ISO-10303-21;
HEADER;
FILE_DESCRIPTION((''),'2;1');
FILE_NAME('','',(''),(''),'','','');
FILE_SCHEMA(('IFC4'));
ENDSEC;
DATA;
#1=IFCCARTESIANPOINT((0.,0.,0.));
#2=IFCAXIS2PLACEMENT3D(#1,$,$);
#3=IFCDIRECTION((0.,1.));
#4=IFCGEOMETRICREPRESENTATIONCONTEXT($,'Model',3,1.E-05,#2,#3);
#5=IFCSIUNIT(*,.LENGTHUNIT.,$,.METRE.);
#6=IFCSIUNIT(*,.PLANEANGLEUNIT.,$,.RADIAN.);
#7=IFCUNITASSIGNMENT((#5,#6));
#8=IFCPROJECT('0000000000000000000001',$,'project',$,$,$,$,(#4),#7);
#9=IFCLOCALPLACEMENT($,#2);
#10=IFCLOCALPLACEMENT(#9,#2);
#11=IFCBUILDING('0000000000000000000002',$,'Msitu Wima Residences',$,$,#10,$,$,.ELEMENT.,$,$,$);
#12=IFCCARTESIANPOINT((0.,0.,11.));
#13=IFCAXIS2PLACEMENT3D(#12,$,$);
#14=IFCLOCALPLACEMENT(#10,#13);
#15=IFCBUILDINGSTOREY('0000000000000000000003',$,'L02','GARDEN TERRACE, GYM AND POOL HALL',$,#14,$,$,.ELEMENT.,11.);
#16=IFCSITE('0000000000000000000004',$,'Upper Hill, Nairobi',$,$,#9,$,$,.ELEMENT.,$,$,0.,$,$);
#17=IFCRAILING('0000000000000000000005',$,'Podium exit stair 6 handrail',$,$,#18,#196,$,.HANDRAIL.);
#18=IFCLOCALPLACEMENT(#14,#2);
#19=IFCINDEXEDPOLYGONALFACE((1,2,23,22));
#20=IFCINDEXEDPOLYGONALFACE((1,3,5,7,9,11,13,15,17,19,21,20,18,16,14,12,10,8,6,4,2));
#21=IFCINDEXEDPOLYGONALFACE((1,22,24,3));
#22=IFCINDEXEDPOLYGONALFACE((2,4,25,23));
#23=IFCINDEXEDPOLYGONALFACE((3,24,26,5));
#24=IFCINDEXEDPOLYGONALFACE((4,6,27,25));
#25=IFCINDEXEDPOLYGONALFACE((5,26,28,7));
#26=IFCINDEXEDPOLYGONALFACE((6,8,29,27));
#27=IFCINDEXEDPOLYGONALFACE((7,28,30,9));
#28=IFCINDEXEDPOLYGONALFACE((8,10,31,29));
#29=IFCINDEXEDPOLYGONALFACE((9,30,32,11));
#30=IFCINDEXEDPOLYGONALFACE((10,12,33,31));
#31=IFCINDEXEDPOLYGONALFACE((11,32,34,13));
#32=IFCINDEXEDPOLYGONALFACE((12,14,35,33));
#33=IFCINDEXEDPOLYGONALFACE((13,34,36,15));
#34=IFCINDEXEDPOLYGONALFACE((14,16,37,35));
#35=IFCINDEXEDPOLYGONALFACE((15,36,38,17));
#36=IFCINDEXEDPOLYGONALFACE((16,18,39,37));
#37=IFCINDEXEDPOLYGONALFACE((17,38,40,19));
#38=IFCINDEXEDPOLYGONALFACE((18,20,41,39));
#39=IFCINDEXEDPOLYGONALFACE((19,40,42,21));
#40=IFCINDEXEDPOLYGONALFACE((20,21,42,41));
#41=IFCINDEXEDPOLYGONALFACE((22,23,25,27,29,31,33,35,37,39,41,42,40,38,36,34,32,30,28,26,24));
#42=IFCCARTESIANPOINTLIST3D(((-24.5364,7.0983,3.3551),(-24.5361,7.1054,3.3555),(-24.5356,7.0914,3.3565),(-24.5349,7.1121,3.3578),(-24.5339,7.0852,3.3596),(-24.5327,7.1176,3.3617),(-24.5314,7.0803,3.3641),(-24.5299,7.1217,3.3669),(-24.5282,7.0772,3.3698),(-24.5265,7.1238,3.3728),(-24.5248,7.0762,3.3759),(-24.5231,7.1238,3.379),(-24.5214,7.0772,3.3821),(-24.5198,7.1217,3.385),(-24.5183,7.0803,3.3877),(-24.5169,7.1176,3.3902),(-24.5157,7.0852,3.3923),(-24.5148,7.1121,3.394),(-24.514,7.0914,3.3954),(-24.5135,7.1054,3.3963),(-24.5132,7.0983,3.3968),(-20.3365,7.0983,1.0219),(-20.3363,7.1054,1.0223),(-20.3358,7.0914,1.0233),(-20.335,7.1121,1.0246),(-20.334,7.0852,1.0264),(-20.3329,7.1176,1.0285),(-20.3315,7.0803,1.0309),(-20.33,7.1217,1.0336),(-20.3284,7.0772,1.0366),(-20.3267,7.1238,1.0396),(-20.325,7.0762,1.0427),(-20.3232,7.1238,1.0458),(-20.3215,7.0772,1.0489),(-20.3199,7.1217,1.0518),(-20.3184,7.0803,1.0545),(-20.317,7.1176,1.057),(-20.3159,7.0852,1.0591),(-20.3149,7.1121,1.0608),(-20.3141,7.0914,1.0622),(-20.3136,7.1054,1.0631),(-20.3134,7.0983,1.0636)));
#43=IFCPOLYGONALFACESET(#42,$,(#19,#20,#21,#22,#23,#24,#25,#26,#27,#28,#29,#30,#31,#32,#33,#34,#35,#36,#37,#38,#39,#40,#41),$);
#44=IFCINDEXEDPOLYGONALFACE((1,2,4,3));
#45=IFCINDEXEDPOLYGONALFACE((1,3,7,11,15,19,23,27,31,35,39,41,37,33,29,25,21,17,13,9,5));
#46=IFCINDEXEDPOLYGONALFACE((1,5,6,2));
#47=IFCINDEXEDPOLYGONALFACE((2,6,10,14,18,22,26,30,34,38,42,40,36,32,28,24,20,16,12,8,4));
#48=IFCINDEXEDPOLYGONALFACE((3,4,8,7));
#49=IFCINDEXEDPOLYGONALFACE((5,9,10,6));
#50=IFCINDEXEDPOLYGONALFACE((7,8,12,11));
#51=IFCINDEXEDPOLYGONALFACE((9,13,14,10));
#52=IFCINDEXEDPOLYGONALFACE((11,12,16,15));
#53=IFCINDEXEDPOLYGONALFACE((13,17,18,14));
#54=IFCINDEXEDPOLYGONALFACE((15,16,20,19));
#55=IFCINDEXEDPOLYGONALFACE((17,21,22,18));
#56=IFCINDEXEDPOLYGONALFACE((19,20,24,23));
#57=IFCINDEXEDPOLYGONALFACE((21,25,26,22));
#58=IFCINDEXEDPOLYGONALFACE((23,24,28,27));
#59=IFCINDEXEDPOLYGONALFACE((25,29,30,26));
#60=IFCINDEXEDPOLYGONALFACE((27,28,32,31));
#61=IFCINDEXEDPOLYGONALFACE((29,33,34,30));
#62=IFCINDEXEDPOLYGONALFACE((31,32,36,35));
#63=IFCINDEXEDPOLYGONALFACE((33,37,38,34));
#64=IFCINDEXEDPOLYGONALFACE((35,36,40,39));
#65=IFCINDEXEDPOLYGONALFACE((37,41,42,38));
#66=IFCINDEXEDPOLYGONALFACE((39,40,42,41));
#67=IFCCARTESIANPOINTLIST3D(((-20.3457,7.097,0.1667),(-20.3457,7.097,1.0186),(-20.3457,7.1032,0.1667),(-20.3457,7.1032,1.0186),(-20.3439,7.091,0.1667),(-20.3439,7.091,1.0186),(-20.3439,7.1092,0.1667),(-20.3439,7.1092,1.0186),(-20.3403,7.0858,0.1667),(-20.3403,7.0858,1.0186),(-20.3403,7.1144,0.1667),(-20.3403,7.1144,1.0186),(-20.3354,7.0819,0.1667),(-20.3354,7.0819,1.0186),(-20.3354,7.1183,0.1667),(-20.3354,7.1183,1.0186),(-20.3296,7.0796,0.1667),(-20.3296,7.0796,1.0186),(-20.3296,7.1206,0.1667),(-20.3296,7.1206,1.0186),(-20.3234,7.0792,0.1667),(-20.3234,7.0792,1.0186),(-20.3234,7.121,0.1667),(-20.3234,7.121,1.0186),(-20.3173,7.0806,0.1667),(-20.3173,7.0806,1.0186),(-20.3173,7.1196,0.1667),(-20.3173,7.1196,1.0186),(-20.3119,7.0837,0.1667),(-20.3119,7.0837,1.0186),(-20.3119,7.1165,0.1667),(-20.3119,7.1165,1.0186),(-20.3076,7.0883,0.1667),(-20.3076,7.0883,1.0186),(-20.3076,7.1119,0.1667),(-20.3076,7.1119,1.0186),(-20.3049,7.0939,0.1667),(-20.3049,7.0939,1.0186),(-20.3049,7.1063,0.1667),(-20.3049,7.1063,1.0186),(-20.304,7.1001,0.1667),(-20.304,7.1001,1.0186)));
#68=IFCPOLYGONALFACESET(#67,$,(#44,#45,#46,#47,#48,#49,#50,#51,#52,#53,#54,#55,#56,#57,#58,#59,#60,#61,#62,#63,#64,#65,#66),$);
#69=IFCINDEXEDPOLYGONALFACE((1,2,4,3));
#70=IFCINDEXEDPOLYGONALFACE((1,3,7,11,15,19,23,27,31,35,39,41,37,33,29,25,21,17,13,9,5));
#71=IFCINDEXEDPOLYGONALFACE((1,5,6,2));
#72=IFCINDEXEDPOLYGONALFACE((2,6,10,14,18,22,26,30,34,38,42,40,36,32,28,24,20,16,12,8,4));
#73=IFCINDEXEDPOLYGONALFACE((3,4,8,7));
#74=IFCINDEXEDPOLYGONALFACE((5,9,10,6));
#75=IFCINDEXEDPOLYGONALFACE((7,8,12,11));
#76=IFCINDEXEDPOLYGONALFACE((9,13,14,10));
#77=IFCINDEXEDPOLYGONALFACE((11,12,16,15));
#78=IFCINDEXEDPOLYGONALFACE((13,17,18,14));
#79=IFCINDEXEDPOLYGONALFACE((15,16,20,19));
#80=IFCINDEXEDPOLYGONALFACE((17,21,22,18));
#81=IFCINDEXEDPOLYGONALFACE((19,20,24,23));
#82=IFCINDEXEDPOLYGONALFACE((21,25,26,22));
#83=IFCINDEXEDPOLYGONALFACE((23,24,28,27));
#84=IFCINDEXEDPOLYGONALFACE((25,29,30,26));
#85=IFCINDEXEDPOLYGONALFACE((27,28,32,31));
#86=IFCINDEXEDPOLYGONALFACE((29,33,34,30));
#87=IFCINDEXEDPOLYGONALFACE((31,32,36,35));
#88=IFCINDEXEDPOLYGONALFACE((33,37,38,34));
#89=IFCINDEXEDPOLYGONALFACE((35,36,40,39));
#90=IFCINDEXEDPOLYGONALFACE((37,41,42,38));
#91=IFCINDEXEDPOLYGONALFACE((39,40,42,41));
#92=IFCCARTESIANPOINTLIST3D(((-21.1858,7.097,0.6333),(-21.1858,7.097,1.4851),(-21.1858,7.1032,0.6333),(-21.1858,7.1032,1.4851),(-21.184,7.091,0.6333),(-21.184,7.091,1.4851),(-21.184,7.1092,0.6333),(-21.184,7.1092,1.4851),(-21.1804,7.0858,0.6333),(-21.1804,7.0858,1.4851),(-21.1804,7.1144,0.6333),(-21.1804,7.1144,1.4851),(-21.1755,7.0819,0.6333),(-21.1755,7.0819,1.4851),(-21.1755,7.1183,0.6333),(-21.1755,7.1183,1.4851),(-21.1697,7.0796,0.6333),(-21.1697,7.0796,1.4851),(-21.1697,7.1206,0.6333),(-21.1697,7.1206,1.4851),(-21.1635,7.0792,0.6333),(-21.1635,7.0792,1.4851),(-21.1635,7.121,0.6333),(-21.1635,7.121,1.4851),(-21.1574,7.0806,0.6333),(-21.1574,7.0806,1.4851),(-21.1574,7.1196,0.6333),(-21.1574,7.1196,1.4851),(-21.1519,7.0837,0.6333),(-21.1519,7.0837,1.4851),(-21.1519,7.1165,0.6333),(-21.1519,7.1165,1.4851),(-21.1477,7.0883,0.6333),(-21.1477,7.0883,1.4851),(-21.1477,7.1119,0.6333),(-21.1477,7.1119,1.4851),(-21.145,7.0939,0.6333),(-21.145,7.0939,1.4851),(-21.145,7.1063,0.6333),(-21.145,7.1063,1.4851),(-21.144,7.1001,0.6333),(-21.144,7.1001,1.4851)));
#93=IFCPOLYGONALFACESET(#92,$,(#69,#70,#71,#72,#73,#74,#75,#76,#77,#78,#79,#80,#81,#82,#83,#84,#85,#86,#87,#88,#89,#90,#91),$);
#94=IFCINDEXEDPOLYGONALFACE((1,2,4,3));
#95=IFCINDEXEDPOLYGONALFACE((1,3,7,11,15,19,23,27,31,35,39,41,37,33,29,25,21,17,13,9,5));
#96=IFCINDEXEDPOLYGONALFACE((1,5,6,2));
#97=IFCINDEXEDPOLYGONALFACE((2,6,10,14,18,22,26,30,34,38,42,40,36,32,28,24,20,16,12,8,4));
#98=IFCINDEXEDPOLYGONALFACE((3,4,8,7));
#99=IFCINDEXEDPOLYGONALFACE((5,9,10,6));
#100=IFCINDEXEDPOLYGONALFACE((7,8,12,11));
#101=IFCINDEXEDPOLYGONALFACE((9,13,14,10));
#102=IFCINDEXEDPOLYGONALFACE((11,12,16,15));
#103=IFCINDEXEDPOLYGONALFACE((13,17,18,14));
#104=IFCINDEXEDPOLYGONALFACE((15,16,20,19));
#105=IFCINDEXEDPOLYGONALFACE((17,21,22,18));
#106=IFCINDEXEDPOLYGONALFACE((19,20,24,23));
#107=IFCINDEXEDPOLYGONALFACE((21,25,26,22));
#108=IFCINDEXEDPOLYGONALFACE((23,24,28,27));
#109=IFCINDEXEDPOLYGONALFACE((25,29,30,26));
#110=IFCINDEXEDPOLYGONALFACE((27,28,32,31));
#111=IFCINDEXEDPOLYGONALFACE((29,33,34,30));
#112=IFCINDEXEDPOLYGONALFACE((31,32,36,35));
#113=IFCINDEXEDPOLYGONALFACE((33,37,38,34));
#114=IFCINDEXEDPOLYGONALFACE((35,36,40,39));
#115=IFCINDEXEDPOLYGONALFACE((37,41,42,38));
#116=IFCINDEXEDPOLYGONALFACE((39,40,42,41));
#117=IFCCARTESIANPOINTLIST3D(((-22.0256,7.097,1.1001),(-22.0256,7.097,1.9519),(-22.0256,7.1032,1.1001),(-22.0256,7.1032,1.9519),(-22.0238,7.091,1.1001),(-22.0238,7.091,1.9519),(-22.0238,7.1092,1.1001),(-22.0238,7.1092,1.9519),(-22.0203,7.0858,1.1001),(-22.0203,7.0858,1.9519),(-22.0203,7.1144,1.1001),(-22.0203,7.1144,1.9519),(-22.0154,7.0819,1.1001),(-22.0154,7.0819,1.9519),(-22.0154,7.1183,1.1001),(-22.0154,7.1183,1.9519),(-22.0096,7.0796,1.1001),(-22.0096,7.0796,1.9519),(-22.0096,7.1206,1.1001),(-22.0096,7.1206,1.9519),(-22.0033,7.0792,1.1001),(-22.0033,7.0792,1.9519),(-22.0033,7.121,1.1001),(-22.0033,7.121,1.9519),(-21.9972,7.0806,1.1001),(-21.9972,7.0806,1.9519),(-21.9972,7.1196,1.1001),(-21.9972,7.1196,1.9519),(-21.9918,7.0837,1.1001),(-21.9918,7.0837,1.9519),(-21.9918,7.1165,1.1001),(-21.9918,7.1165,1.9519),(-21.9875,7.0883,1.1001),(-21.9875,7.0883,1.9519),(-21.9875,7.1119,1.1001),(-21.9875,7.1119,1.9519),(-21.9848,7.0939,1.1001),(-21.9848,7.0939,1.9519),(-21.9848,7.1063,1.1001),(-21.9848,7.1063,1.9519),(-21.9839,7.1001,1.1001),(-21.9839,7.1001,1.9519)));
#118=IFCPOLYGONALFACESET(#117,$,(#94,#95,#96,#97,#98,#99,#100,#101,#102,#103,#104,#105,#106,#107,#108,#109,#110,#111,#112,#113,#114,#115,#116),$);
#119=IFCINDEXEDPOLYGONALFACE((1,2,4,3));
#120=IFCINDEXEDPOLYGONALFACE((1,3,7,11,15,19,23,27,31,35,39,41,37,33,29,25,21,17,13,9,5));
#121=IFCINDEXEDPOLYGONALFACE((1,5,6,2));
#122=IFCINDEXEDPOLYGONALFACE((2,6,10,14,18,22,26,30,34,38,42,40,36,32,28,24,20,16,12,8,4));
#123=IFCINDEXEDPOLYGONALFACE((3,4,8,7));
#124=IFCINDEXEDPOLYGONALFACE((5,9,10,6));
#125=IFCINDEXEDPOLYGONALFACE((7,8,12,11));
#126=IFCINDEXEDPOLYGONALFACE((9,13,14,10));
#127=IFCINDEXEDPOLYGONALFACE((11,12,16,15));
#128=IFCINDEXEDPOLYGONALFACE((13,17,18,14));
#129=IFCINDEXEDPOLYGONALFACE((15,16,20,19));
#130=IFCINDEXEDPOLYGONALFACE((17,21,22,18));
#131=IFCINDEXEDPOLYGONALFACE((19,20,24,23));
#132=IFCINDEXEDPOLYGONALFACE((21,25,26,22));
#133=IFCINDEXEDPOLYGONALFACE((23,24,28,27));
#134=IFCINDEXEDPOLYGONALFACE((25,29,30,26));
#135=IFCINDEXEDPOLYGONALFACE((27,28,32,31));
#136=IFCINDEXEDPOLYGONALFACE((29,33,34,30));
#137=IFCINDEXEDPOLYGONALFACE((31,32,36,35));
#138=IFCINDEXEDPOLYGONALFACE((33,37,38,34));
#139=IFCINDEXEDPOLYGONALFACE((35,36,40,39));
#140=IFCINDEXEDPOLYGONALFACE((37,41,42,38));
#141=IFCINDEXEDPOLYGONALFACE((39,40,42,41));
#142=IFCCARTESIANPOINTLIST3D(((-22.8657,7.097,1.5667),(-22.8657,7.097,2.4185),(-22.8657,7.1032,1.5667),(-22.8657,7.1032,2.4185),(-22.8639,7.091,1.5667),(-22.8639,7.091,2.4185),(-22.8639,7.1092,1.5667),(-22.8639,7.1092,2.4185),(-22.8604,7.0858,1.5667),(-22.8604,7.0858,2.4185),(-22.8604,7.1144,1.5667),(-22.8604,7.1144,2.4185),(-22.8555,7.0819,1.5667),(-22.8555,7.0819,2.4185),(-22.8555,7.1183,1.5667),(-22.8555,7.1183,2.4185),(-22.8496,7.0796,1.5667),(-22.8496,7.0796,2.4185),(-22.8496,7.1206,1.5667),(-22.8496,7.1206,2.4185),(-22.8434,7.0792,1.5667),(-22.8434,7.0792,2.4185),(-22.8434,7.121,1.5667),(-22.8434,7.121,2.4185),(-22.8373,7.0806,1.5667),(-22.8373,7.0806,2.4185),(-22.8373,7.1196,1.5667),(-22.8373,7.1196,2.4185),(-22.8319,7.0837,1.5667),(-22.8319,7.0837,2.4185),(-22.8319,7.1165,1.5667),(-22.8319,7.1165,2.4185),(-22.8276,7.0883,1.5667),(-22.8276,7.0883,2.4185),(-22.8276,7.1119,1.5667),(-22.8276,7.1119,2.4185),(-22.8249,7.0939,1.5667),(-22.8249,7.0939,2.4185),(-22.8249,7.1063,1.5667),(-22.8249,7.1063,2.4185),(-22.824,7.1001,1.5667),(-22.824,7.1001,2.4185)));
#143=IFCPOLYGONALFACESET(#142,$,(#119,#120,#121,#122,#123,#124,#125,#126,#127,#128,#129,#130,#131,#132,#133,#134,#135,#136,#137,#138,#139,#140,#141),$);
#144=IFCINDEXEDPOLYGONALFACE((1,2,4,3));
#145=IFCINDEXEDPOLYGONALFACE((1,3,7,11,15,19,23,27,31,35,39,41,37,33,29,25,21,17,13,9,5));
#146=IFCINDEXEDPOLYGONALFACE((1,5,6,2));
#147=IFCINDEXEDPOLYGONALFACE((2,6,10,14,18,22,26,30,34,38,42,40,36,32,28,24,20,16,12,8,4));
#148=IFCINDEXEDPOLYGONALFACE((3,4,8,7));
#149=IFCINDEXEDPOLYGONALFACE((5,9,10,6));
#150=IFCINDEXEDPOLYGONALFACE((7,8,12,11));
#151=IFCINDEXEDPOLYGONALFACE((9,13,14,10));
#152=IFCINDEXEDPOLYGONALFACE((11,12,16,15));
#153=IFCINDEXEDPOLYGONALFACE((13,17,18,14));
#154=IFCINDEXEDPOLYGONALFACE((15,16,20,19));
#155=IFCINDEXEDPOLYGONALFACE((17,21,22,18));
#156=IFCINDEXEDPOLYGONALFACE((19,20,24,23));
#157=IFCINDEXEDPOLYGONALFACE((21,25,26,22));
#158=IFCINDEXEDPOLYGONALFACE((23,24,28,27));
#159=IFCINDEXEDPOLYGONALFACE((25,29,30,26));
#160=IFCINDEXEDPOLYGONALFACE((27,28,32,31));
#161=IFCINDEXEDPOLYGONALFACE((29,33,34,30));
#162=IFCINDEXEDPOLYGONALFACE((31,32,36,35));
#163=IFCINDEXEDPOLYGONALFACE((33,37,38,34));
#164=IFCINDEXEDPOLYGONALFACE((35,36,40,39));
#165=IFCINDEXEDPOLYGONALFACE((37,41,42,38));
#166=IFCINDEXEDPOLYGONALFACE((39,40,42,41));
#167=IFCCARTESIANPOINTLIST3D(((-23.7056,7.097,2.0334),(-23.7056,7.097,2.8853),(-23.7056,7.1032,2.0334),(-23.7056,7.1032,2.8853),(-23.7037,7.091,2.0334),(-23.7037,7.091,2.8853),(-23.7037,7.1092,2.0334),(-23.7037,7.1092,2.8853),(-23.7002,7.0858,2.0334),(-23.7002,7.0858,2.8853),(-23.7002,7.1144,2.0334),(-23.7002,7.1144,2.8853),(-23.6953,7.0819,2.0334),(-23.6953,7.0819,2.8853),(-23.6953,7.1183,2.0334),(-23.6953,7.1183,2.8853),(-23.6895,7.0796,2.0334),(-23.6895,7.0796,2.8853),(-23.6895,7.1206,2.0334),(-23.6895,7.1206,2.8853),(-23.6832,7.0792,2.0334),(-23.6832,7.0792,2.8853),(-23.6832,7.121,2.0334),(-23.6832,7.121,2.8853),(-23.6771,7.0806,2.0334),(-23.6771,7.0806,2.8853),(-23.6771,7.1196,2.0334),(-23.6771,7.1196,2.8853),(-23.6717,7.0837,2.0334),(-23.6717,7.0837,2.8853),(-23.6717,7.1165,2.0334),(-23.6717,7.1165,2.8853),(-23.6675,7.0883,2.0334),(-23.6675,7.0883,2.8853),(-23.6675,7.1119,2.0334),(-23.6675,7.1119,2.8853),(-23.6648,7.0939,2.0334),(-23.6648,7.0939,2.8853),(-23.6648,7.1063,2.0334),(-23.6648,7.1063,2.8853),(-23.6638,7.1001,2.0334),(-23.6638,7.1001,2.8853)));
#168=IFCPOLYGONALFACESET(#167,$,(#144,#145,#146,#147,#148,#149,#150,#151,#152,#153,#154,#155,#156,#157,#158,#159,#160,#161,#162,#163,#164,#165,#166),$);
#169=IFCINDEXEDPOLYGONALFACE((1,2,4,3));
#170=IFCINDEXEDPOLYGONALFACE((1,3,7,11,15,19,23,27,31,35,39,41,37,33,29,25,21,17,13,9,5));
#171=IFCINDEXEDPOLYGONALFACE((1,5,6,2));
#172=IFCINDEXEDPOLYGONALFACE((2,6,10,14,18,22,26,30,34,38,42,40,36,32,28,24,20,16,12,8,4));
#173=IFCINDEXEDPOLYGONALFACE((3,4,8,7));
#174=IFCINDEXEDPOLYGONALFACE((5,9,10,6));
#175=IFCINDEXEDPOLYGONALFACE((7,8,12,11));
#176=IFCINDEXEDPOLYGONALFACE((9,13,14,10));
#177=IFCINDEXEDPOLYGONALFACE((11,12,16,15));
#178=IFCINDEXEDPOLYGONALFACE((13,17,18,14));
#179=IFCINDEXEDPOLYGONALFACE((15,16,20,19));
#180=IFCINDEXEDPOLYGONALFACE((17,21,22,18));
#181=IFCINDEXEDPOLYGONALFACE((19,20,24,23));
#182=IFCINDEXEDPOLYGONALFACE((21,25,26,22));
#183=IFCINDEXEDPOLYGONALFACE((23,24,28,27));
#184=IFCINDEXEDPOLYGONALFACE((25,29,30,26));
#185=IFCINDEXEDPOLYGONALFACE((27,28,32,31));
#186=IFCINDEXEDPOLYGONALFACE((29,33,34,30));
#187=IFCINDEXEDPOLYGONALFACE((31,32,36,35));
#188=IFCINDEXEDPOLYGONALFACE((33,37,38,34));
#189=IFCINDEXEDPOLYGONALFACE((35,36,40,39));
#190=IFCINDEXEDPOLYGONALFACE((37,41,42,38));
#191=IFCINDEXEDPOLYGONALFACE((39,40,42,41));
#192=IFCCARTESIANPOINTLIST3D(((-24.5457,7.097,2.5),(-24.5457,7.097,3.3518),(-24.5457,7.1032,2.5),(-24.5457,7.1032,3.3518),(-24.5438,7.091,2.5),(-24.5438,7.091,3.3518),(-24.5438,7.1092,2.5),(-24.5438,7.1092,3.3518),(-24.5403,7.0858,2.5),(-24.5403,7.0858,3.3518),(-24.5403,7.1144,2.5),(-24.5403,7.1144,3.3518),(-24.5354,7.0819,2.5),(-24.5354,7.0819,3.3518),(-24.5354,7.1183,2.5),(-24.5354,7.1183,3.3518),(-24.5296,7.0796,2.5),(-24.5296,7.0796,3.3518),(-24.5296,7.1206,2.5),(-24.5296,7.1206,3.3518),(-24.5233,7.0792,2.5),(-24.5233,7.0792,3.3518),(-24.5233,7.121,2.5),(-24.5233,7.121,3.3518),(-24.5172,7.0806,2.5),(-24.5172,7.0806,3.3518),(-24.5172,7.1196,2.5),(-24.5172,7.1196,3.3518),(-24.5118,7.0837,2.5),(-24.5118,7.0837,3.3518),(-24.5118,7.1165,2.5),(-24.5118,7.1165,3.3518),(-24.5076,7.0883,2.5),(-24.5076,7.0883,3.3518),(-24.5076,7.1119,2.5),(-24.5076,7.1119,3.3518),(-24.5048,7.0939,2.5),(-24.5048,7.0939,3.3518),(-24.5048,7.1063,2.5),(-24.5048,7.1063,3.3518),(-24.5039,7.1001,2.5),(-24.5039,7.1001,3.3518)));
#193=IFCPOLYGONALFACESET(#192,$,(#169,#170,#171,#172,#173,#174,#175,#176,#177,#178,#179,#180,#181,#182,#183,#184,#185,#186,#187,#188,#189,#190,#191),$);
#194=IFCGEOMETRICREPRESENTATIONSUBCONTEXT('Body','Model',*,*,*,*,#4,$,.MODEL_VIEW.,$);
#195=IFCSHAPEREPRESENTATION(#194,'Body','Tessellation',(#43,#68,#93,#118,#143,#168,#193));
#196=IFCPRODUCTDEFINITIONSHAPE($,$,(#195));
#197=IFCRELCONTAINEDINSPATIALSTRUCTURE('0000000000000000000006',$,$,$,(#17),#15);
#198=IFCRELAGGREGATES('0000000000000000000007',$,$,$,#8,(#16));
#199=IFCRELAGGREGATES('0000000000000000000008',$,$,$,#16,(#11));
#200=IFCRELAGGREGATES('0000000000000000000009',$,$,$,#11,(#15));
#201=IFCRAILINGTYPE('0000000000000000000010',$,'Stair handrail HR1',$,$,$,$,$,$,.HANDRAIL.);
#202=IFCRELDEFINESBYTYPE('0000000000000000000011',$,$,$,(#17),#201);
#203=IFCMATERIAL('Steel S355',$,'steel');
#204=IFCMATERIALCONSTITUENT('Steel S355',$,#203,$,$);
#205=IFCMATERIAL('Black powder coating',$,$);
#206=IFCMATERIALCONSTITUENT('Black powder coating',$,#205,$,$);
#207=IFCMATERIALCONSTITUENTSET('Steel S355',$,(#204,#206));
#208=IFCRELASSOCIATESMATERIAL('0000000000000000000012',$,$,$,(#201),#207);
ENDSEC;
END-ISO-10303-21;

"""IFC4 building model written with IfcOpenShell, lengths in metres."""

from ifc_helpers import new_model, si_unit, direction, frame, origin, origin_2d, place, context, subcontext, project, spatial, circle, extrude, material, constituent, constituent_set, type_object, element, save


model = new_model("IFC4")

# Units and contexts
model_context = context("Model", 3, precision=1e-05, world=origin(), true_north=direction((0.0, 1.0)))
body_context = subcontext(model_context, "Body", "Model", "MODEL_VIEW")
ifc_project = project(units=[si_unit("LENGTHUNIT", "METRE"), si_unit("PLANEANGLEUNIT", "RADIAN")], contexts=[model_context])

# Site, building, storey
site_placement = place(None, origin())
site = spatial("IfcSite", under=ifc_project, at=site_placement, Name="Upper Hill, Nairobi", CompositionType="ELEMENT", RefElevation=0.0)
building_placement = place(site_placement, origin())
building = spatial("IfcBuilding", under=site, at=building_placement, Name="Msitu Wima Residences", CompositionType="ELEMENT")
storey_placement = place(building_placement, frame((0.0, 0.0, 11.0)))
storey = spatial("IfcBuildingStorey", under=building, at=storey_placement, Name="L02", Description="GARDEN TERRACE, GYM AND POOL HALL", CompositionType="ELEMENT", Elevation=11.0)

# Railing
ifc_material_1 = material(Name="Steel S355", Category="steel")
ifc_constituent_1 = constituent(ifc_material_1, Name="Steel S355")
ifc_material_2 = material(Name="Black powder coating")
ifc_constituent_2 = constituent(ifc_material_2, Name="Black powder coating")
ifc_constituent_set = constituent_set(constituents=[ifc_constituent_1, ifc_constituent_2], Name="Steel S355")
railing_type = type_object("IfcRailingType", Name="Stair handrail HR1", PredefinedType="HANDRAIL", material=ifc_constituent_set)
for number, where, name in (
    (1, (-20.325, 7.1001, 0.1667), "Podium exit stair 6 handrail"),
):
    element("IfcRailing", number, at=place(storey_placement, frame(where)), inside=storey, type_object=railing_type, Name=name, PredefinedType="HANDRAIL", context=body_context, shape_type="SweptSolid", body=[
        extrude(circle(Radius=0.0239, at=origin_2d()), frame((0.0, 0.0, 0.876), z_axis=(-0.874162, 0.0, 0.485634), x_axis=(0.0, -1.0, 0.0)), (0.0, 0.0, 1.0), 4.8044),
        extrude(circle(Radius=0.021, at=origin_2d()), origin(), (0.0, 0.0, 1.0), 0.8518),
        extrude(circle(Radius=0.021, at=origin_2d()), frame((-0.8401, 0.0, 0.4666)), (0.0, 0.0, 1.0), 0.8518),
        extrude(circle(Radius=0.021, at=origin_2d()), frame((-1.6799, 0.0, 0.9333)), (0.0, 0.0, 1.0), 0.8518),
        extrude(circle(Radius=0.021, at=origin_2d()), frame((-2.52, 0.0, 1.3999)), (0.0, 0.0, 1.0), 0.8518),
        extrude(circle(Radius=0.021, at=origin_2d()), frame((-3.3599, 0.0, 1.8667)), (0.0, 0.0, 1.0), 0.8518),
        extrude(circle(Radius=0.021, at=origin_2d()), frame((-4.2, 0.0, 2.3333)), (0.0, 0.0, 1.0), 0.8518),
    ])

save(model, "model.ifc")
